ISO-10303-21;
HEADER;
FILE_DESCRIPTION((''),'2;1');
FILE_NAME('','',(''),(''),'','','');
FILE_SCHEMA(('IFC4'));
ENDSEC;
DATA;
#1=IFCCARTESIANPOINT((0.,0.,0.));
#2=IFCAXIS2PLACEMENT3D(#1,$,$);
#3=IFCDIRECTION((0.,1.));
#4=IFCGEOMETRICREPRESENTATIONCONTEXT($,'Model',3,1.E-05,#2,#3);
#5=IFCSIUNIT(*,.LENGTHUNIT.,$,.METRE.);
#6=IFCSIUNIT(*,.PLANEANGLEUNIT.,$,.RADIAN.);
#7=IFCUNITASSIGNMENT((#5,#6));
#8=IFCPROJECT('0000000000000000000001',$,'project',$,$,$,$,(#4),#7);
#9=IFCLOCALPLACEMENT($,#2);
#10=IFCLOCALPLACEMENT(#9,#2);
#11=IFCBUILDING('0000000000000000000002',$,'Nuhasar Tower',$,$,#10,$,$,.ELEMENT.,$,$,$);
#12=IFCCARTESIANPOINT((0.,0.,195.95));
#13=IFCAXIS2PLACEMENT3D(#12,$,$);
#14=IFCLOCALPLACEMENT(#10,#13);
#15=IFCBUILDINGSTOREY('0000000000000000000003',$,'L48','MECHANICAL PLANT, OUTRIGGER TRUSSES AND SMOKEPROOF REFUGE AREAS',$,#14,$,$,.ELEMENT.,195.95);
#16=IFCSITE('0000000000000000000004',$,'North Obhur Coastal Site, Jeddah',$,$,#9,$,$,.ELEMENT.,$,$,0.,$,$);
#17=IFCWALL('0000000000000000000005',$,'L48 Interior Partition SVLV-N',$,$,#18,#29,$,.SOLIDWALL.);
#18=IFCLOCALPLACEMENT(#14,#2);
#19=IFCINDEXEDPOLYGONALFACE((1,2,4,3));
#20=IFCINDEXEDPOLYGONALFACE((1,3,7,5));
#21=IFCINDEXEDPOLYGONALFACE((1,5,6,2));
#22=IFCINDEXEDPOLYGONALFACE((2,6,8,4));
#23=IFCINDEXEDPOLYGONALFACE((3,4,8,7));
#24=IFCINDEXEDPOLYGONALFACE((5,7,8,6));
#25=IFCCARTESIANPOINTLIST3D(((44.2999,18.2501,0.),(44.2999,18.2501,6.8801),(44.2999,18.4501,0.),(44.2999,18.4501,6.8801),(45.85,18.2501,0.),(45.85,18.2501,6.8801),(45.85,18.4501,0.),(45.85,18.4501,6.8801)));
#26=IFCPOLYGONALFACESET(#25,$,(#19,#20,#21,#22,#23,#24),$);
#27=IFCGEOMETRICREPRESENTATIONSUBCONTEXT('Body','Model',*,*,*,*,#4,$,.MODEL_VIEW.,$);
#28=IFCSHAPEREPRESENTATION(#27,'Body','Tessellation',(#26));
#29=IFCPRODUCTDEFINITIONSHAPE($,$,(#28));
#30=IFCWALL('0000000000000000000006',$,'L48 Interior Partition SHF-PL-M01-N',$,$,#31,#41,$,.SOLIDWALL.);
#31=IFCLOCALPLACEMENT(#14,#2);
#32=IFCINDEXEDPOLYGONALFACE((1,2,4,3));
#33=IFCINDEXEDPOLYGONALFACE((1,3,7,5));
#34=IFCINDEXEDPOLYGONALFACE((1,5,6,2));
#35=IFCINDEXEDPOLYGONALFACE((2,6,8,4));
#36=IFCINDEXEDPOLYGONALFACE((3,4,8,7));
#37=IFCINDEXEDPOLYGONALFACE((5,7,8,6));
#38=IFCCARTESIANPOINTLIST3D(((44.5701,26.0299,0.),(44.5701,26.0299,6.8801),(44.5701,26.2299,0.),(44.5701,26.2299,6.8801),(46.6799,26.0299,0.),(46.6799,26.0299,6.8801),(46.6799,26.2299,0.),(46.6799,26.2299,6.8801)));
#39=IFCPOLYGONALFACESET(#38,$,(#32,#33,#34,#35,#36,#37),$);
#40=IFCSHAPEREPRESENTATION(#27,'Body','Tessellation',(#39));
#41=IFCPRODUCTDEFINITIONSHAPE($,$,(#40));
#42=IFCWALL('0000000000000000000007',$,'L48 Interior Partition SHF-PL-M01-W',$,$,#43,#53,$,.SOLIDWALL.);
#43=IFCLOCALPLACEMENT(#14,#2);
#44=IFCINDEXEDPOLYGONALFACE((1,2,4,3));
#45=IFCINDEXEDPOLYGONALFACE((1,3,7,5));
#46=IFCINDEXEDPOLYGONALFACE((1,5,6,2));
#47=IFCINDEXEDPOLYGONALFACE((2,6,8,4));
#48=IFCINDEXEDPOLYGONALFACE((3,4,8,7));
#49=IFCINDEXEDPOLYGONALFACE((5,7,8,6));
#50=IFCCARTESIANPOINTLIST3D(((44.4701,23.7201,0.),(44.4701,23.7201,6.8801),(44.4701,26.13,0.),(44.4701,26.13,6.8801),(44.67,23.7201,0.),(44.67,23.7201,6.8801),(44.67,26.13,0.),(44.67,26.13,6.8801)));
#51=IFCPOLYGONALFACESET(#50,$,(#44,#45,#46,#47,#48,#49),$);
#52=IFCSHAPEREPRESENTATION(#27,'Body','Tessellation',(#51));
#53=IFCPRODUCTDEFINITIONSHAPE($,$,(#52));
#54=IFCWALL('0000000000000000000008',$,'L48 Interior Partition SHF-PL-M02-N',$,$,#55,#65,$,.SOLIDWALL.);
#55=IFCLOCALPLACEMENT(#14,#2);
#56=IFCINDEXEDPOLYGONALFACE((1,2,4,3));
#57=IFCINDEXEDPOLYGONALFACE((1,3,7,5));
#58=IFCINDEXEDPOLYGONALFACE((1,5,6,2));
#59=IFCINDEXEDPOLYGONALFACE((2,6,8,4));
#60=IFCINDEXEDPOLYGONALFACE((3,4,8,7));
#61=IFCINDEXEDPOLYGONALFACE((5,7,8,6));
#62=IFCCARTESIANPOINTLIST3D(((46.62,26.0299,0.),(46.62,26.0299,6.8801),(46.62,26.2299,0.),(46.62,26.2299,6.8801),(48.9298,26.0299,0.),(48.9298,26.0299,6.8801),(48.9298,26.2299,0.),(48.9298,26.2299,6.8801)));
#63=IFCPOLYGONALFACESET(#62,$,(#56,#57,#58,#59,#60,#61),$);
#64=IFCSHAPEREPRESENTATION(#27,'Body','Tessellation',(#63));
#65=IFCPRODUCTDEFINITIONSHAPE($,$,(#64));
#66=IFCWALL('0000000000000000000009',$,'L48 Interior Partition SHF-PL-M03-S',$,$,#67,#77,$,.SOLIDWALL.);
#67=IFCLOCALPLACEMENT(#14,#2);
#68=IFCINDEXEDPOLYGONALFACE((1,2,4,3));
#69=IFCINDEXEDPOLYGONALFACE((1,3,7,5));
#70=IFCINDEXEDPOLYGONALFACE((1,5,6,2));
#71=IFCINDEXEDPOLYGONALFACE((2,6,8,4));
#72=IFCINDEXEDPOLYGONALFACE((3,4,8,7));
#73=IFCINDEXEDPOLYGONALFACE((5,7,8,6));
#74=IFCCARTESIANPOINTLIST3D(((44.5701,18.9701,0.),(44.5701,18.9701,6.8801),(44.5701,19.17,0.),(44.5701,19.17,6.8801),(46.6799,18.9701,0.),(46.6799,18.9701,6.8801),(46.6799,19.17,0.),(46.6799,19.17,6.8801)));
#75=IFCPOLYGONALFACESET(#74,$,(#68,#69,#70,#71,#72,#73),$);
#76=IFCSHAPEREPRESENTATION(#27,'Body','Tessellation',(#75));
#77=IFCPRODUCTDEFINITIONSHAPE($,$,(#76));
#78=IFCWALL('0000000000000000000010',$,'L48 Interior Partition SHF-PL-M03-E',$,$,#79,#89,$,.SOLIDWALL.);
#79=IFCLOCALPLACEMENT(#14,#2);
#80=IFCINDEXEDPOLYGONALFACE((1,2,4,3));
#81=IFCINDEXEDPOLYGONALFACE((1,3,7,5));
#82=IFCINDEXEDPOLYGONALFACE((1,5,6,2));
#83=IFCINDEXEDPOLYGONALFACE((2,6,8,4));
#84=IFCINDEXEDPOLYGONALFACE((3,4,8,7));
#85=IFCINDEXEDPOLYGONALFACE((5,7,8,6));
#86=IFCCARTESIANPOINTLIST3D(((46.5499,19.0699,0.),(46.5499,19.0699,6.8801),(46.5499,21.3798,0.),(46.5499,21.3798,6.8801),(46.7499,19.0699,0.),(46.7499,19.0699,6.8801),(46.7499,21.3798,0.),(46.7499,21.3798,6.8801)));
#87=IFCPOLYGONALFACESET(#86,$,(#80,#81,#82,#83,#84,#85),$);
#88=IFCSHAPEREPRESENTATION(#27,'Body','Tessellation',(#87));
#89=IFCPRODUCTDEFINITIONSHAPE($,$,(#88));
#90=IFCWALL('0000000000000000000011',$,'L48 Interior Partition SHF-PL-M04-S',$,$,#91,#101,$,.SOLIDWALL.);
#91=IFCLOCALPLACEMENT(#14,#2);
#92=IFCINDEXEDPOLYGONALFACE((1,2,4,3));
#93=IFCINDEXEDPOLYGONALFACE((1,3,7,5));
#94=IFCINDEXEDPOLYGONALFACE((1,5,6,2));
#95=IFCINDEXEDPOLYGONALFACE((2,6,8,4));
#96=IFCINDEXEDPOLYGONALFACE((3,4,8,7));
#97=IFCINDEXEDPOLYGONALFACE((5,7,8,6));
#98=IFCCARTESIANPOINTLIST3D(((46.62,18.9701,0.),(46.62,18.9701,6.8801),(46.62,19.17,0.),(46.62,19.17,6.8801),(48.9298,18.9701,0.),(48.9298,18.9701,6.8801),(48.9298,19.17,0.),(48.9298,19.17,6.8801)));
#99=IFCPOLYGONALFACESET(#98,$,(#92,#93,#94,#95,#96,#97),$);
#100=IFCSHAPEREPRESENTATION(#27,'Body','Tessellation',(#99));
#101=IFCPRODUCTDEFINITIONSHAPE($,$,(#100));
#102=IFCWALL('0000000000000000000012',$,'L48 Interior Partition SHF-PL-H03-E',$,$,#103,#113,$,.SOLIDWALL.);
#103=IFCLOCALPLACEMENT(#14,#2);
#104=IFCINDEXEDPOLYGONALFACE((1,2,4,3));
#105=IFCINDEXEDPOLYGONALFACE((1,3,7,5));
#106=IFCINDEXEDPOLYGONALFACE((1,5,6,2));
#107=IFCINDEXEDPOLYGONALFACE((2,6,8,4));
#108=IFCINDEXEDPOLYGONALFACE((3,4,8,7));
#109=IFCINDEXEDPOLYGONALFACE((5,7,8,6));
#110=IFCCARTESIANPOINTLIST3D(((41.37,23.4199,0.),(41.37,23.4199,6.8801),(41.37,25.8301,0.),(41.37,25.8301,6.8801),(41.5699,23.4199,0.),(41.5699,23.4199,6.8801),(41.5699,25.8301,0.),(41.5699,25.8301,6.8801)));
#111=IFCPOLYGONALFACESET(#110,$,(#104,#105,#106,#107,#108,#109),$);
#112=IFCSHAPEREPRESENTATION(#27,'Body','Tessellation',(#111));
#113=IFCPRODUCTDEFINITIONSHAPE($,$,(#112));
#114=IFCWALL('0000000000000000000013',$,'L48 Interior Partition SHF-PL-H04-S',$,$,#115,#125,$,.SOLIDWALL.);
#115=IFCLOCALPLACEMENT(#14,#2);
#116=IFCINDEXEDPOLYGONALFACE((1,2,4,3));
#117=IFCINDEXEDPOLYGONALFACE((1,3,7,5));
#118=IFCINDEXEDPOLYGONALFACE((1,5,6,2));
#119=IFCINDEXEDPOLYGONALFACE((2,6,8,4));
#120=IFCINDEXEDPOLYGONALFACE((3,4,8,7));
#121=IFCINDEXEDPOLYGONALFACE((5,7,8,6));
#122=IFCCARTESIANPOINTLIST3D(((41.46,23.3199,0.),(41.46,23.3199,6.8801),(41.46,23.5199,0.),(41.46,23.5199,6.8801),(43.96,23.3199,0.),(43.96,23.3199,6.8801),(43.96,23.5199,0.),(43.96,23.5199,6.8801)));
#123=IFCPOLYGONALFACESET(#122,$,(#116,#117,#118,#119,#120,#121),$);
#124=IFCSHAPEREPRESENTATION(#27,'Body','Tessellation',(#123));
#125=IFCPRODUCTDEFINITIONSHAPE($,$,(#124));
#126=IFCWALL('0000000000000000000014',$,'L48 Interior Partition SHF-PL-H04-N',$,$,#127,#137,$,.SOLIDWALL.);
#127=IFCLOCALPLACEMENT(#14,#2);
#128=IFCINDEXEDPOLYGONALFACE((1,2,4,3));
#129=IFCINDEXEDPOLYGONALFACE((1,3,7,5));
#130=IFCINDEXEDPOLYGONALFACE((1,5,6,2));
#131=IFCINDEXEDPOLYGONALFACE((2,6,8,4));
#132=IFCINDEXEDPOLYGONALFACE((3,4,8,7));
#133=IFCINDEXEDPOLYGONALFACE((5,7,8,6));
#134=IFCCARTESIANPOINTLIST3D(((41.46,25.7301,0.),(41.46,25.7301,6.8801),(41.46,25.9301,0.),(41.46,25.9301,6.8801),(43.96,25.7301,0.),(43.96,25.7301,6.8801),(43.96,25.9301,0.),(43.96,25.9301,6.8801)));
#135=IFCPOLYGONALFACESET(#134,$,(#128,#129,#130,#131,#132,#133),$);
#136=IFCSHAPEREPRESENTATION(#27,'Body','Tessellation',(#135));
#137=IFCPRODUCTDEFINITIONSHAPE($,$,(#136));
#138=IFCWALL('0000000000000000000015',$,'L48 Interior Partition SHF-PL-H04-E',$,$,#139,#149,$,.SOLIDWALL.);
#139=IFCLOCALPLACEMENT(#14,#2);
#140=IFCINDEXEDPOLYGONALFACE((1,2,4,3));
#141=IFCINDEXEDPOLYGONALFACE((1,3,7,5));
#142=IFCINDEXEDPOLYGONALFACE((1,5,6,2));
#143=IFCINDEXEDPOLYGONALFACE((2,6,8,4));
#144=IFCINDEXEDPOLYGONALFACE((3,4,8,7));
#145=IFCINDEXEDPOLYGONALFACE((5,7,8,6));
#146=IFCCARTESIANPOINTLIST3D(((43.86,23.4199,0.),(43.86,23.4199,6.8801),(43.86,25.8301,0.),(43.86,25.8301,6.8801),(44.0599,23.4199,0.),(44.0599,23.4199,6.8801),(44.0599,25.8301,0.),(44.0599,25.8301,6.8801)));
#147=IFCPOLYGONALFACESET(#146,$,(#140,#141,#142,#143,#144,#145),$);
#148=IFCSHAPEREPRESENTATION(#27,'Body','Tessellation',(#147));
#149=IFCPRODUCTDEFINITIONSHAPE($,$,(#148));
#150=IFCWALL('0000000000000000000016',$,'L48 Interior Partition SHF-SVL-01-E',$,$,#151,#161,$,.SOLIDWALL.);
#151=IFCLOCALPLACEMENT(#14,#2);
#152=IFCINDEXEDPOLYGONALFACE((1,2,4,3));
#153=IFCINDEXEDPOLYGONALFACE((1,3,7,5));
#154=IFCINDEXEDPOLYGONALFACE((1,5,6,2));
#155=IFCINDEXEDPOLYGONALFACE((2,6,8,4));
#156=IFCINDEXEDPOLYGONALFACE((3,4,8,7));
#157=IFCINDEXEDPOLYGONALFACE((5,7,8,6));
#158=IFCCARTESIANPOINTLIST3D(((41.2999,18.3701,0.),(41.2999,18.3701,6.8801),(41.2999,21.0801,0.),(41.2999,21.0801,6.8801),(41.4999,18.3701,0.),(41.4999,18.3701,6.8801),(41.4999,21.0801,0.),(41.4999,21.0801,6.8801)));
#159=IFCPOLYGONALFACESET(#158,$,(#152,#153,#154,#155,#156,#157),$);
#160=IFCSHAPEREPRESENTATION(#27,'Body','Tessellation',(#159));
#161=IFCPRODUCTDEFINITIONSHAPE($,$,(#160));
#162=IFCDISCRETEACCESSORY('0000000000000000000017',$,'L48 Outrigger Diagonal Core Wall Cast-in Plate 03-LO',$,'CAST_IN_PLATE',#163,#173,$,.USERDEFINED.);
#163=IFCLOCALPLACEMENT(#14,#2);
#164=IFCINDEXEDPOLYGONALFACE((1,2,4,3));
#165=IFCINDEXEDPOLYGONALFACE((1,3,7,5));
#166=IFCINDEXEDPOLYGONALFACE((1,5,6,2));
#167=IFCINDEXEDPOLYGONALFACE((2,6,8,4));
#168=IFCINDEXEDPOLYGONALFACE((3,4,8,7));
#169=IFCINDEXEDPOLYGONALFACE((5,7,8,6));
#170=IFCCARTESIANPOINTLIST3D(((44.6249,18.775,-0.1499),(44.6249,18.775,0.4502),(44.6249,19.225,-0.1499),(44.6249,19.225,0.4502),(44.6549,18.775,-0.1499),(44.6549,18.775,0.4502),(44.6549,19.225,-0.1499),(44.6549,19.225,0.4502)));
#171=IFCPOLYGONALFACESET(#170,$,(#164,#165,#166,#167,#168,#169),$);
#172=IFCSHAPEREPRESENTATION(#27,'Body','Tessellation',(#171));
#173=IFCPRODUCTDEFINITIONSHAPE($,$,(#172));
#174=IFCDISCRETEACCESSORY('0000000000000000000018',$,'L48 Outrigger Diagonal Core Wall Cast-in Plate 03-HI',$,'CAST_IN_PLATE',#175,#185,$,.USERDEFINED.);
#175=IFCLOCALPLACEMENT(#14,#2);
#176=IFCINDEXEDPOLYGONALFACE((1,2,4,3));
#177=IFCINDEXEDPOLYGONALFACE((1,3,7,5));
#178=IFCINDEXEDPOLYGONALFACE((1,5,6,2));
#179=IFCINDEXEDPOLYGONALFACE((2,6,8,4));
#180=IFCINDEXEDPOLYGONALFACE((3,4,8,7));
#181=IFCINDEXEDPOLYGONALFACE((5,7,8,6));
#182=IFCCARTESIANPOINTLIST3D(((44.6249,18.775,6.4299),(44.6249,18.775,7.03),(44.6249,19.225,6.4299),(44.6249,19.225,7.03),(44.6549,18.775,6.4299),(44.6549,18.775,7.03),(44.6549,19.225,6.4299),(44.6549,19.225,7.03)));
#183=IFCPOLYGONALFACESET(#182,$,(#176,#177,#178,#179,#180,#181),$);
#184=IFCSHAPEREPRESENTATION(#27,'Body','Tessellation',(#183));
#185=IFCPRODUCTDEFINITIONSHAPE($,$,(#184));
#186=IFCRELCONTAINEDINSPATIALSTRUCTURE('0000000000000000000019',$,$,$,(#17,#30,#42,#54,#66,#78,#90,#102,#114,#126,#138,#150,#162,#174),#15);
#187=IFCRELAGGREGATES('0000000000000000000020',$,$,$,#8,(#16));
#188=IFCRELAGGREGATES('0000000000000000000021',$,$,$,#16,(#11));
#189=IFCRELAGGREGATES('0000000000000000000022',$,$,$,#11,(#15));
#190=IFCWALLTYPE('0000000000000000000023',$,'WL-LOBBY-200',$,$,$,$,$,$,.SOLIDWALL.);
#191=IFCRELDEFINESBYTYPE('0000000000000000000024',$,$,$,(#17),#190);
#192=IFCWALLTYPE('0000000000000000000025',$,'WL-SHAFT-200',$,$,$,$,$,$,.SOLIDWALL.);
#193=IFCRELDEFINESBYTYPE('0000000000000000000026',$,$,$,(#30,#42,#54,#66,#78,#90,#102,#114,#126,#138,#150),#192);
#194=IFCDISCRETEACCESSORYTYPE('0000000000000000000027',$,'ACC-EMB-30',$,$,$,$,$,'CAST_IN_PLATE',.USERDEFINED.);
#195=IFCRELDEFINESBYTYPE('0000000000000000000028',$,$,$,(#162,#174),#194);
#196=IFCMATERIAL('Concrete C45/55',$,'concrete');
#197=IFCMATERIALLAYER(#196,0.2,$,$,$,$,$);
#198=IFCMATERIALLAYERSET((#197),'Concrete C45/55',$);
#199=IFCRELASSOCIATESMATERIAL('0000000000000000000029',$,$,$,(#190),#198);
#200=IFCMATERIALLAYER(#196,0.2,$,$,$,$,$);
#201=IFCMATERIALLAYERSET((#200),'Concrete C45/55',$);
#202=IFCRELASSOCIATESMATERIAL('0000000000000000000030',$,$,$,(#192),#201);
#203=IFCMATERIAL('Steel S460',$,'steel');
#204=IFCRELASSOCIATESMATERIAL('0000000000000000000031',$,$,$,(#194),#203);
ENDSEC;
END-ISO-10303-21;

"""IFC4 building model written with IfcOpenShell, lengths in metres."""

from ifc_helpers import new_model, si_unit, direction, frame, frame_2d, origin, origin_2d, place, context, subcontext, project, spatial, rectangle, extrude, material, layer, layer_set, type_object, element, save


model = new_model("IFC4")

# Units and contexts
model_context = context("Model", 3, precision=1e-05, world=origin(), true_north=direction((0.0, 1.0)))
body_context = subcontext(model_context, "Body", "Model", "MODEL_VIEW")
ifc_project = project(units=[si_unit("LENGTHUNIT", "METRE"), si_unit("PLANEANGLEUNIT", "RADIAN")], contexts=[model_context])

# Site, building, storey
site_placement = place(None, origin())
site = spatial("IfcSite", under=ifc_project, at=site_placement, Name="North Obhur Coastal Site, Jeddah", CompositionType="ELEMENT", RefElevation=0.0)
building_placement = place(site_placement, origin())
building = spatial("IfcBuilding", under=site, at=building_placement, Name="Nuhasar Tower", CompositionType="ELEMENT")
storey_placement = place(building_placement, frame((0.0, 0.0, 195.95)))
storey = spatial("IfcBuildingStorey", under=building, at=storey_placement, Name="L48", Description="MECHANICAL PLANT, OUTRIGGER TRUSSES AND SMOKEPROOF REFUGE AREAS", CompositionType="ELEMENT", Elevation=195.95)

# Shared definitions
ifc_material_1 = material(Name="Steel S460", Category="steel")

# Shared definitions
ifc_material_2 = material(Name="Concrete C45/55", Category="concrete")
ifc_layer_1 = layer(ifc_material_2, 0.2)
ifc_layer_set_1 = layer_set([ifc_layer_1], Name="Concrete C45/55")
wall_type_1 = type_object("IfcWallType", Name="WL-LOBBY-200", PredefinedType="SOLIDWALL", material=ifc_layer_set_1)

# Wall
wall_1_placement = place(storey_placement, frame((44.3, 18.3501, 0.0), z_axis=(0.0, 0.0, 1.0), x_axis=(1.0, 0.0, 0.0)))
element("IfcWall", 1, at=wall_1_placement, inside=storey, type_object=wall_type_1, Name="L48 Interior Partition SVLV-N", PredefinedType="SOLIDWALL", context=body_context, shape_type="SweptSolid", body=[
    extrude(rectangle(XDim=1.55, YDim=0.2, at=frame_2d((0.7749, 0.0))), origin(), (0.0, 0.0, 1.0), 6.8801),
])

# Shared definitions
ifc_layer_2 = layer(ifc_material_2, 0.2)
ifc_layer_set_2 = layer_set([ifc_layer_2], Name="Concrete C45/55")
wall_type_2 = type_object("IfcWallType", Name="WL-SHAFT-200", PredefinedType="SOLIDWALL", material=ifc_layer_set_2)

# Walls
wall_2_placement = place(storey_placement, frame((44.5701, 26.1299, 0.0), z_axis=(0.0, 0.0, 1.0), x_axis=(1.0, 0.0, 0.0)))
element("IfcWall", 2, at=wall_2_placement, inside=storey, type_object=wall_type_2, Name="L48 Interior Partition SHF-PL-M01-N", PredefinedType="SOLIDWALL", context=body_context, shape_type="SweptSolid", body=[
    extrude(rectangle(XDim=2.1099, YDim=0.2, at=frame_2d((1.0549, 0.0))), origin(), (0.0, 0.0, 1.0), 6.8801),
])
wall_3_placement = place(storey_placement, frame((44.5701, 23.72, 0.0), z_axis=(0.0, 0.0, 1.0), x_axis=(0.0, 1.0, 0.0)))
element("IfcWall", 3, at=wall_3_placement, inside=storey, type_object=wall_type_2, Name="L48 Interior Partition SHF-PL-M01-W", PredefinedType="SOLIDWALL", context=body_context, shape_type="SweptSolid", body=[
    extrude(rectangle(XDim=2.4099, YDim=0.2, at=frame_2d((1.2051, 0.0))), origin(), (0.0, 0.0, 1.0), 6.8801),
])

# Walls
wall_4_placement = place(storey_placement, frame((46.6201, 26.1299, 0.0), z_axis=(0.0, 0.0, 1.0), x_axis=(1.0, 0.0, 0.0)))
element("IfcWall", 4, at=wall_4_placement, inside=storey, type_object=wall_type_2, Name="L48 Interior Partition SHF-PL-M02-N", PredefinedType="SOLIDWALL", context=body_context, shape_type="SweptSolid", body=[
    extrude(rectangle(XDim=2.3098, YDim=0.2, at=frame_2d((1.1548, 0.0))), origin(), (0.0, 0.0, 1.0), 6.8801),
])
wall_5_placement = place(storey_placement, frame((44.5701, 19.0701, 0.0), z_axis=(0.0, 0.0, 1.0), x_axis=(1.0, 0.0, 0.0)))
element("IfcWall", 5, at=wall_5_placement, inside=storey, type_object=wall_type_2, Name="L48 Interior Partition SHF-PL-M03-S", PredefinedType="SOLIDWALL", context=body_context, shape_type="SweptSolid", body=[
    extrude(rectangle(XDim=2.1099, YDim=0.2, at=frame_2d((1.0549, 0.0))), origin(), (0.0, 0.0, 1.0), 6.8801),
])

# Walls
for number, where, z_axis, x_axis, name in (
    (6, (46.6499, 19.0701, 0.0), (0.0, 0.0, 1.0), (0.0, 1.0, 0.0), "L48 Interior Partition SHF-PL-M03-E"),
    (7, (46.6201, 19.0701, 0.0), (0.0, 0.0, 1.0), (1.0, 0.0, 0.0), "L48 Interior Partition SHF-PL-M04-S"),
):
    element("IfcWall", number, at=place(storey_placement, frame(where, z_axis=z_axis, x_axis=x_axis)), inside=storey, type_object=wall_type_2, Name=name, PredefinedType="SOLIDWALL", context=body_context, shape_type="SweptSolid", body=[
        extrude(rectangle(XDim=2.3098, YDim=0.2, at=frame_2d((1.1548, 0.0))), origin(), (0.0, 0.0, 1.0), 6.8801),
    ])

# Walls
wall_6_placement = place(storey_placement, frame((41.47, 23.4199, 0.0), z_axis=(0.0, 0.0, 1.0), x_axis=(0.0, 1.0, 0.0)))
element("IfcWall", 8, at=wall_6_placement, inside=storey, type_object=wall_type_2, Name="L48 Interior Partition SHF-PL-H03-E", PredefinedType="SOLIDWALL", context=body_context, shape_type="SweptSolid", body=[
    extrude(rectangle(XDim=2.4102, YDim=0.2, at=frame_2d((1.2051, 0.0))), origin(), (0.0, 0.0, 1.0), 6.8801),
])
for number, where, z_axis, x_axis, name in (
    (9, (41.46, 23.4199, 0.0), (0.0, 0.0, 1.0), (1.0, 0.0, 0.0), "L48 Interior Partition SHF-PL-H04-S"),
    (10, (41.46, 25.8301, 0.0), (0.0, 0.0, 1.0), (1.0, 0.0, 0.0), "L48 Interior Partition SHF-PL-H04-N"),
):
    element("IfcWall", number, at=place(storey_placement, frame(where, z_axis=z_axis, x_axis=x_axis)), inside=storey, type_object=wall_type_2, Name=name, PredefinedType="SOLIDWALL", context=body_context, shape_type="SweptSolid", body=[
        extrude(rectangle(XDim=2.5, YDim=0.2, at=frame_2d((1.25, 0.0))), origin(), (0.0, 0.0, 1.0), 6.8801),
    ])
wall_7_placement = place(storey_placement, frame((43.96, 23.4199, 0.0), z_axis=(0.0, 0.0, 1.0), x_axis=(0.0, 1.0, 0.0)))
element("IfcWall", 11, at=wall_7_placement, inside=storey, type_object=wall_type_2, Name="L48 Interior Partition SHF-PL-H04-E", PredefinedType="SOLIDWALL", context=body_context, shape_type="SweptSolid", body=[
    extrude(rectangle(XDim=2.4102, YDim=0.2, at=frame_2d((1.2051, 0.0))), origin(), (0.0, 0.0, 1.0), 6.8801),
])
wall_8_placement = place(storey_placement, frame((41.3999, 18.3701, 0.0), z_axis=(0.0, 0.0, 1.0), x_axis=(0.0, 1.0, 0.0)))
element("IfcWall", 12, at=wall_8_placement, inside=storey, type_object=wall_type_2, Name="L48 Interior Partition SHF-SVL-01-E", PredefinedType="SOLIDWALL", context=body_context, shape_type="SweptSolid", body=[
    extrude(rectangle(XDim=2.71, YDim=0.2, at=frame_2d((1.355, 0.0))), origin(), (0.0, 0.0, 1.0), 6.8801),
])

# Discrete accessories
discrete_accessory_type = type_object("IfcDiscreteAccessoryType", Name="ACC-EMB-30", ElementType="CAST_IN_PLATE", PredefinedType="USERDEFINED", material=ifc_material_1)
for number, where, z_axis, x_axis, name in (
    (13, (44.6399, 19.0, -0.1499), (0.0, 0.0, 1.0), (1.0, 0.0, 0.0), "L48 Outrigger Diagonal Core Wall Cast-in Plate 03-LO"),
    (14, (44.6399, 19.0, 6.4299), (0.0, 0.0, 1.0), (1.0, 0.0, 0.0), "L48 Outrigger Diagonal Core Wall Cast-in Plate 03-HI"),
):
    element("IfcDiscreteAccessory", number, at=place(storey_placement, frame(where, z_axis=z_axis, x_axis=x_axis)), inside=storey, type_object=discrete_accessory_type, Name=name, ObjectType="CAST_IN_PLATE", PredefinedType="USERDEFINED", context=body_context, shape_type="SweptSolid", body=[
        extrude(rectangle(XDim=0.03, YDim=0.45, at=origin_2d()), origin(), (0.0, 0.0, 1.0), 0.6001),
    ])

save(model, "model.ifc")
